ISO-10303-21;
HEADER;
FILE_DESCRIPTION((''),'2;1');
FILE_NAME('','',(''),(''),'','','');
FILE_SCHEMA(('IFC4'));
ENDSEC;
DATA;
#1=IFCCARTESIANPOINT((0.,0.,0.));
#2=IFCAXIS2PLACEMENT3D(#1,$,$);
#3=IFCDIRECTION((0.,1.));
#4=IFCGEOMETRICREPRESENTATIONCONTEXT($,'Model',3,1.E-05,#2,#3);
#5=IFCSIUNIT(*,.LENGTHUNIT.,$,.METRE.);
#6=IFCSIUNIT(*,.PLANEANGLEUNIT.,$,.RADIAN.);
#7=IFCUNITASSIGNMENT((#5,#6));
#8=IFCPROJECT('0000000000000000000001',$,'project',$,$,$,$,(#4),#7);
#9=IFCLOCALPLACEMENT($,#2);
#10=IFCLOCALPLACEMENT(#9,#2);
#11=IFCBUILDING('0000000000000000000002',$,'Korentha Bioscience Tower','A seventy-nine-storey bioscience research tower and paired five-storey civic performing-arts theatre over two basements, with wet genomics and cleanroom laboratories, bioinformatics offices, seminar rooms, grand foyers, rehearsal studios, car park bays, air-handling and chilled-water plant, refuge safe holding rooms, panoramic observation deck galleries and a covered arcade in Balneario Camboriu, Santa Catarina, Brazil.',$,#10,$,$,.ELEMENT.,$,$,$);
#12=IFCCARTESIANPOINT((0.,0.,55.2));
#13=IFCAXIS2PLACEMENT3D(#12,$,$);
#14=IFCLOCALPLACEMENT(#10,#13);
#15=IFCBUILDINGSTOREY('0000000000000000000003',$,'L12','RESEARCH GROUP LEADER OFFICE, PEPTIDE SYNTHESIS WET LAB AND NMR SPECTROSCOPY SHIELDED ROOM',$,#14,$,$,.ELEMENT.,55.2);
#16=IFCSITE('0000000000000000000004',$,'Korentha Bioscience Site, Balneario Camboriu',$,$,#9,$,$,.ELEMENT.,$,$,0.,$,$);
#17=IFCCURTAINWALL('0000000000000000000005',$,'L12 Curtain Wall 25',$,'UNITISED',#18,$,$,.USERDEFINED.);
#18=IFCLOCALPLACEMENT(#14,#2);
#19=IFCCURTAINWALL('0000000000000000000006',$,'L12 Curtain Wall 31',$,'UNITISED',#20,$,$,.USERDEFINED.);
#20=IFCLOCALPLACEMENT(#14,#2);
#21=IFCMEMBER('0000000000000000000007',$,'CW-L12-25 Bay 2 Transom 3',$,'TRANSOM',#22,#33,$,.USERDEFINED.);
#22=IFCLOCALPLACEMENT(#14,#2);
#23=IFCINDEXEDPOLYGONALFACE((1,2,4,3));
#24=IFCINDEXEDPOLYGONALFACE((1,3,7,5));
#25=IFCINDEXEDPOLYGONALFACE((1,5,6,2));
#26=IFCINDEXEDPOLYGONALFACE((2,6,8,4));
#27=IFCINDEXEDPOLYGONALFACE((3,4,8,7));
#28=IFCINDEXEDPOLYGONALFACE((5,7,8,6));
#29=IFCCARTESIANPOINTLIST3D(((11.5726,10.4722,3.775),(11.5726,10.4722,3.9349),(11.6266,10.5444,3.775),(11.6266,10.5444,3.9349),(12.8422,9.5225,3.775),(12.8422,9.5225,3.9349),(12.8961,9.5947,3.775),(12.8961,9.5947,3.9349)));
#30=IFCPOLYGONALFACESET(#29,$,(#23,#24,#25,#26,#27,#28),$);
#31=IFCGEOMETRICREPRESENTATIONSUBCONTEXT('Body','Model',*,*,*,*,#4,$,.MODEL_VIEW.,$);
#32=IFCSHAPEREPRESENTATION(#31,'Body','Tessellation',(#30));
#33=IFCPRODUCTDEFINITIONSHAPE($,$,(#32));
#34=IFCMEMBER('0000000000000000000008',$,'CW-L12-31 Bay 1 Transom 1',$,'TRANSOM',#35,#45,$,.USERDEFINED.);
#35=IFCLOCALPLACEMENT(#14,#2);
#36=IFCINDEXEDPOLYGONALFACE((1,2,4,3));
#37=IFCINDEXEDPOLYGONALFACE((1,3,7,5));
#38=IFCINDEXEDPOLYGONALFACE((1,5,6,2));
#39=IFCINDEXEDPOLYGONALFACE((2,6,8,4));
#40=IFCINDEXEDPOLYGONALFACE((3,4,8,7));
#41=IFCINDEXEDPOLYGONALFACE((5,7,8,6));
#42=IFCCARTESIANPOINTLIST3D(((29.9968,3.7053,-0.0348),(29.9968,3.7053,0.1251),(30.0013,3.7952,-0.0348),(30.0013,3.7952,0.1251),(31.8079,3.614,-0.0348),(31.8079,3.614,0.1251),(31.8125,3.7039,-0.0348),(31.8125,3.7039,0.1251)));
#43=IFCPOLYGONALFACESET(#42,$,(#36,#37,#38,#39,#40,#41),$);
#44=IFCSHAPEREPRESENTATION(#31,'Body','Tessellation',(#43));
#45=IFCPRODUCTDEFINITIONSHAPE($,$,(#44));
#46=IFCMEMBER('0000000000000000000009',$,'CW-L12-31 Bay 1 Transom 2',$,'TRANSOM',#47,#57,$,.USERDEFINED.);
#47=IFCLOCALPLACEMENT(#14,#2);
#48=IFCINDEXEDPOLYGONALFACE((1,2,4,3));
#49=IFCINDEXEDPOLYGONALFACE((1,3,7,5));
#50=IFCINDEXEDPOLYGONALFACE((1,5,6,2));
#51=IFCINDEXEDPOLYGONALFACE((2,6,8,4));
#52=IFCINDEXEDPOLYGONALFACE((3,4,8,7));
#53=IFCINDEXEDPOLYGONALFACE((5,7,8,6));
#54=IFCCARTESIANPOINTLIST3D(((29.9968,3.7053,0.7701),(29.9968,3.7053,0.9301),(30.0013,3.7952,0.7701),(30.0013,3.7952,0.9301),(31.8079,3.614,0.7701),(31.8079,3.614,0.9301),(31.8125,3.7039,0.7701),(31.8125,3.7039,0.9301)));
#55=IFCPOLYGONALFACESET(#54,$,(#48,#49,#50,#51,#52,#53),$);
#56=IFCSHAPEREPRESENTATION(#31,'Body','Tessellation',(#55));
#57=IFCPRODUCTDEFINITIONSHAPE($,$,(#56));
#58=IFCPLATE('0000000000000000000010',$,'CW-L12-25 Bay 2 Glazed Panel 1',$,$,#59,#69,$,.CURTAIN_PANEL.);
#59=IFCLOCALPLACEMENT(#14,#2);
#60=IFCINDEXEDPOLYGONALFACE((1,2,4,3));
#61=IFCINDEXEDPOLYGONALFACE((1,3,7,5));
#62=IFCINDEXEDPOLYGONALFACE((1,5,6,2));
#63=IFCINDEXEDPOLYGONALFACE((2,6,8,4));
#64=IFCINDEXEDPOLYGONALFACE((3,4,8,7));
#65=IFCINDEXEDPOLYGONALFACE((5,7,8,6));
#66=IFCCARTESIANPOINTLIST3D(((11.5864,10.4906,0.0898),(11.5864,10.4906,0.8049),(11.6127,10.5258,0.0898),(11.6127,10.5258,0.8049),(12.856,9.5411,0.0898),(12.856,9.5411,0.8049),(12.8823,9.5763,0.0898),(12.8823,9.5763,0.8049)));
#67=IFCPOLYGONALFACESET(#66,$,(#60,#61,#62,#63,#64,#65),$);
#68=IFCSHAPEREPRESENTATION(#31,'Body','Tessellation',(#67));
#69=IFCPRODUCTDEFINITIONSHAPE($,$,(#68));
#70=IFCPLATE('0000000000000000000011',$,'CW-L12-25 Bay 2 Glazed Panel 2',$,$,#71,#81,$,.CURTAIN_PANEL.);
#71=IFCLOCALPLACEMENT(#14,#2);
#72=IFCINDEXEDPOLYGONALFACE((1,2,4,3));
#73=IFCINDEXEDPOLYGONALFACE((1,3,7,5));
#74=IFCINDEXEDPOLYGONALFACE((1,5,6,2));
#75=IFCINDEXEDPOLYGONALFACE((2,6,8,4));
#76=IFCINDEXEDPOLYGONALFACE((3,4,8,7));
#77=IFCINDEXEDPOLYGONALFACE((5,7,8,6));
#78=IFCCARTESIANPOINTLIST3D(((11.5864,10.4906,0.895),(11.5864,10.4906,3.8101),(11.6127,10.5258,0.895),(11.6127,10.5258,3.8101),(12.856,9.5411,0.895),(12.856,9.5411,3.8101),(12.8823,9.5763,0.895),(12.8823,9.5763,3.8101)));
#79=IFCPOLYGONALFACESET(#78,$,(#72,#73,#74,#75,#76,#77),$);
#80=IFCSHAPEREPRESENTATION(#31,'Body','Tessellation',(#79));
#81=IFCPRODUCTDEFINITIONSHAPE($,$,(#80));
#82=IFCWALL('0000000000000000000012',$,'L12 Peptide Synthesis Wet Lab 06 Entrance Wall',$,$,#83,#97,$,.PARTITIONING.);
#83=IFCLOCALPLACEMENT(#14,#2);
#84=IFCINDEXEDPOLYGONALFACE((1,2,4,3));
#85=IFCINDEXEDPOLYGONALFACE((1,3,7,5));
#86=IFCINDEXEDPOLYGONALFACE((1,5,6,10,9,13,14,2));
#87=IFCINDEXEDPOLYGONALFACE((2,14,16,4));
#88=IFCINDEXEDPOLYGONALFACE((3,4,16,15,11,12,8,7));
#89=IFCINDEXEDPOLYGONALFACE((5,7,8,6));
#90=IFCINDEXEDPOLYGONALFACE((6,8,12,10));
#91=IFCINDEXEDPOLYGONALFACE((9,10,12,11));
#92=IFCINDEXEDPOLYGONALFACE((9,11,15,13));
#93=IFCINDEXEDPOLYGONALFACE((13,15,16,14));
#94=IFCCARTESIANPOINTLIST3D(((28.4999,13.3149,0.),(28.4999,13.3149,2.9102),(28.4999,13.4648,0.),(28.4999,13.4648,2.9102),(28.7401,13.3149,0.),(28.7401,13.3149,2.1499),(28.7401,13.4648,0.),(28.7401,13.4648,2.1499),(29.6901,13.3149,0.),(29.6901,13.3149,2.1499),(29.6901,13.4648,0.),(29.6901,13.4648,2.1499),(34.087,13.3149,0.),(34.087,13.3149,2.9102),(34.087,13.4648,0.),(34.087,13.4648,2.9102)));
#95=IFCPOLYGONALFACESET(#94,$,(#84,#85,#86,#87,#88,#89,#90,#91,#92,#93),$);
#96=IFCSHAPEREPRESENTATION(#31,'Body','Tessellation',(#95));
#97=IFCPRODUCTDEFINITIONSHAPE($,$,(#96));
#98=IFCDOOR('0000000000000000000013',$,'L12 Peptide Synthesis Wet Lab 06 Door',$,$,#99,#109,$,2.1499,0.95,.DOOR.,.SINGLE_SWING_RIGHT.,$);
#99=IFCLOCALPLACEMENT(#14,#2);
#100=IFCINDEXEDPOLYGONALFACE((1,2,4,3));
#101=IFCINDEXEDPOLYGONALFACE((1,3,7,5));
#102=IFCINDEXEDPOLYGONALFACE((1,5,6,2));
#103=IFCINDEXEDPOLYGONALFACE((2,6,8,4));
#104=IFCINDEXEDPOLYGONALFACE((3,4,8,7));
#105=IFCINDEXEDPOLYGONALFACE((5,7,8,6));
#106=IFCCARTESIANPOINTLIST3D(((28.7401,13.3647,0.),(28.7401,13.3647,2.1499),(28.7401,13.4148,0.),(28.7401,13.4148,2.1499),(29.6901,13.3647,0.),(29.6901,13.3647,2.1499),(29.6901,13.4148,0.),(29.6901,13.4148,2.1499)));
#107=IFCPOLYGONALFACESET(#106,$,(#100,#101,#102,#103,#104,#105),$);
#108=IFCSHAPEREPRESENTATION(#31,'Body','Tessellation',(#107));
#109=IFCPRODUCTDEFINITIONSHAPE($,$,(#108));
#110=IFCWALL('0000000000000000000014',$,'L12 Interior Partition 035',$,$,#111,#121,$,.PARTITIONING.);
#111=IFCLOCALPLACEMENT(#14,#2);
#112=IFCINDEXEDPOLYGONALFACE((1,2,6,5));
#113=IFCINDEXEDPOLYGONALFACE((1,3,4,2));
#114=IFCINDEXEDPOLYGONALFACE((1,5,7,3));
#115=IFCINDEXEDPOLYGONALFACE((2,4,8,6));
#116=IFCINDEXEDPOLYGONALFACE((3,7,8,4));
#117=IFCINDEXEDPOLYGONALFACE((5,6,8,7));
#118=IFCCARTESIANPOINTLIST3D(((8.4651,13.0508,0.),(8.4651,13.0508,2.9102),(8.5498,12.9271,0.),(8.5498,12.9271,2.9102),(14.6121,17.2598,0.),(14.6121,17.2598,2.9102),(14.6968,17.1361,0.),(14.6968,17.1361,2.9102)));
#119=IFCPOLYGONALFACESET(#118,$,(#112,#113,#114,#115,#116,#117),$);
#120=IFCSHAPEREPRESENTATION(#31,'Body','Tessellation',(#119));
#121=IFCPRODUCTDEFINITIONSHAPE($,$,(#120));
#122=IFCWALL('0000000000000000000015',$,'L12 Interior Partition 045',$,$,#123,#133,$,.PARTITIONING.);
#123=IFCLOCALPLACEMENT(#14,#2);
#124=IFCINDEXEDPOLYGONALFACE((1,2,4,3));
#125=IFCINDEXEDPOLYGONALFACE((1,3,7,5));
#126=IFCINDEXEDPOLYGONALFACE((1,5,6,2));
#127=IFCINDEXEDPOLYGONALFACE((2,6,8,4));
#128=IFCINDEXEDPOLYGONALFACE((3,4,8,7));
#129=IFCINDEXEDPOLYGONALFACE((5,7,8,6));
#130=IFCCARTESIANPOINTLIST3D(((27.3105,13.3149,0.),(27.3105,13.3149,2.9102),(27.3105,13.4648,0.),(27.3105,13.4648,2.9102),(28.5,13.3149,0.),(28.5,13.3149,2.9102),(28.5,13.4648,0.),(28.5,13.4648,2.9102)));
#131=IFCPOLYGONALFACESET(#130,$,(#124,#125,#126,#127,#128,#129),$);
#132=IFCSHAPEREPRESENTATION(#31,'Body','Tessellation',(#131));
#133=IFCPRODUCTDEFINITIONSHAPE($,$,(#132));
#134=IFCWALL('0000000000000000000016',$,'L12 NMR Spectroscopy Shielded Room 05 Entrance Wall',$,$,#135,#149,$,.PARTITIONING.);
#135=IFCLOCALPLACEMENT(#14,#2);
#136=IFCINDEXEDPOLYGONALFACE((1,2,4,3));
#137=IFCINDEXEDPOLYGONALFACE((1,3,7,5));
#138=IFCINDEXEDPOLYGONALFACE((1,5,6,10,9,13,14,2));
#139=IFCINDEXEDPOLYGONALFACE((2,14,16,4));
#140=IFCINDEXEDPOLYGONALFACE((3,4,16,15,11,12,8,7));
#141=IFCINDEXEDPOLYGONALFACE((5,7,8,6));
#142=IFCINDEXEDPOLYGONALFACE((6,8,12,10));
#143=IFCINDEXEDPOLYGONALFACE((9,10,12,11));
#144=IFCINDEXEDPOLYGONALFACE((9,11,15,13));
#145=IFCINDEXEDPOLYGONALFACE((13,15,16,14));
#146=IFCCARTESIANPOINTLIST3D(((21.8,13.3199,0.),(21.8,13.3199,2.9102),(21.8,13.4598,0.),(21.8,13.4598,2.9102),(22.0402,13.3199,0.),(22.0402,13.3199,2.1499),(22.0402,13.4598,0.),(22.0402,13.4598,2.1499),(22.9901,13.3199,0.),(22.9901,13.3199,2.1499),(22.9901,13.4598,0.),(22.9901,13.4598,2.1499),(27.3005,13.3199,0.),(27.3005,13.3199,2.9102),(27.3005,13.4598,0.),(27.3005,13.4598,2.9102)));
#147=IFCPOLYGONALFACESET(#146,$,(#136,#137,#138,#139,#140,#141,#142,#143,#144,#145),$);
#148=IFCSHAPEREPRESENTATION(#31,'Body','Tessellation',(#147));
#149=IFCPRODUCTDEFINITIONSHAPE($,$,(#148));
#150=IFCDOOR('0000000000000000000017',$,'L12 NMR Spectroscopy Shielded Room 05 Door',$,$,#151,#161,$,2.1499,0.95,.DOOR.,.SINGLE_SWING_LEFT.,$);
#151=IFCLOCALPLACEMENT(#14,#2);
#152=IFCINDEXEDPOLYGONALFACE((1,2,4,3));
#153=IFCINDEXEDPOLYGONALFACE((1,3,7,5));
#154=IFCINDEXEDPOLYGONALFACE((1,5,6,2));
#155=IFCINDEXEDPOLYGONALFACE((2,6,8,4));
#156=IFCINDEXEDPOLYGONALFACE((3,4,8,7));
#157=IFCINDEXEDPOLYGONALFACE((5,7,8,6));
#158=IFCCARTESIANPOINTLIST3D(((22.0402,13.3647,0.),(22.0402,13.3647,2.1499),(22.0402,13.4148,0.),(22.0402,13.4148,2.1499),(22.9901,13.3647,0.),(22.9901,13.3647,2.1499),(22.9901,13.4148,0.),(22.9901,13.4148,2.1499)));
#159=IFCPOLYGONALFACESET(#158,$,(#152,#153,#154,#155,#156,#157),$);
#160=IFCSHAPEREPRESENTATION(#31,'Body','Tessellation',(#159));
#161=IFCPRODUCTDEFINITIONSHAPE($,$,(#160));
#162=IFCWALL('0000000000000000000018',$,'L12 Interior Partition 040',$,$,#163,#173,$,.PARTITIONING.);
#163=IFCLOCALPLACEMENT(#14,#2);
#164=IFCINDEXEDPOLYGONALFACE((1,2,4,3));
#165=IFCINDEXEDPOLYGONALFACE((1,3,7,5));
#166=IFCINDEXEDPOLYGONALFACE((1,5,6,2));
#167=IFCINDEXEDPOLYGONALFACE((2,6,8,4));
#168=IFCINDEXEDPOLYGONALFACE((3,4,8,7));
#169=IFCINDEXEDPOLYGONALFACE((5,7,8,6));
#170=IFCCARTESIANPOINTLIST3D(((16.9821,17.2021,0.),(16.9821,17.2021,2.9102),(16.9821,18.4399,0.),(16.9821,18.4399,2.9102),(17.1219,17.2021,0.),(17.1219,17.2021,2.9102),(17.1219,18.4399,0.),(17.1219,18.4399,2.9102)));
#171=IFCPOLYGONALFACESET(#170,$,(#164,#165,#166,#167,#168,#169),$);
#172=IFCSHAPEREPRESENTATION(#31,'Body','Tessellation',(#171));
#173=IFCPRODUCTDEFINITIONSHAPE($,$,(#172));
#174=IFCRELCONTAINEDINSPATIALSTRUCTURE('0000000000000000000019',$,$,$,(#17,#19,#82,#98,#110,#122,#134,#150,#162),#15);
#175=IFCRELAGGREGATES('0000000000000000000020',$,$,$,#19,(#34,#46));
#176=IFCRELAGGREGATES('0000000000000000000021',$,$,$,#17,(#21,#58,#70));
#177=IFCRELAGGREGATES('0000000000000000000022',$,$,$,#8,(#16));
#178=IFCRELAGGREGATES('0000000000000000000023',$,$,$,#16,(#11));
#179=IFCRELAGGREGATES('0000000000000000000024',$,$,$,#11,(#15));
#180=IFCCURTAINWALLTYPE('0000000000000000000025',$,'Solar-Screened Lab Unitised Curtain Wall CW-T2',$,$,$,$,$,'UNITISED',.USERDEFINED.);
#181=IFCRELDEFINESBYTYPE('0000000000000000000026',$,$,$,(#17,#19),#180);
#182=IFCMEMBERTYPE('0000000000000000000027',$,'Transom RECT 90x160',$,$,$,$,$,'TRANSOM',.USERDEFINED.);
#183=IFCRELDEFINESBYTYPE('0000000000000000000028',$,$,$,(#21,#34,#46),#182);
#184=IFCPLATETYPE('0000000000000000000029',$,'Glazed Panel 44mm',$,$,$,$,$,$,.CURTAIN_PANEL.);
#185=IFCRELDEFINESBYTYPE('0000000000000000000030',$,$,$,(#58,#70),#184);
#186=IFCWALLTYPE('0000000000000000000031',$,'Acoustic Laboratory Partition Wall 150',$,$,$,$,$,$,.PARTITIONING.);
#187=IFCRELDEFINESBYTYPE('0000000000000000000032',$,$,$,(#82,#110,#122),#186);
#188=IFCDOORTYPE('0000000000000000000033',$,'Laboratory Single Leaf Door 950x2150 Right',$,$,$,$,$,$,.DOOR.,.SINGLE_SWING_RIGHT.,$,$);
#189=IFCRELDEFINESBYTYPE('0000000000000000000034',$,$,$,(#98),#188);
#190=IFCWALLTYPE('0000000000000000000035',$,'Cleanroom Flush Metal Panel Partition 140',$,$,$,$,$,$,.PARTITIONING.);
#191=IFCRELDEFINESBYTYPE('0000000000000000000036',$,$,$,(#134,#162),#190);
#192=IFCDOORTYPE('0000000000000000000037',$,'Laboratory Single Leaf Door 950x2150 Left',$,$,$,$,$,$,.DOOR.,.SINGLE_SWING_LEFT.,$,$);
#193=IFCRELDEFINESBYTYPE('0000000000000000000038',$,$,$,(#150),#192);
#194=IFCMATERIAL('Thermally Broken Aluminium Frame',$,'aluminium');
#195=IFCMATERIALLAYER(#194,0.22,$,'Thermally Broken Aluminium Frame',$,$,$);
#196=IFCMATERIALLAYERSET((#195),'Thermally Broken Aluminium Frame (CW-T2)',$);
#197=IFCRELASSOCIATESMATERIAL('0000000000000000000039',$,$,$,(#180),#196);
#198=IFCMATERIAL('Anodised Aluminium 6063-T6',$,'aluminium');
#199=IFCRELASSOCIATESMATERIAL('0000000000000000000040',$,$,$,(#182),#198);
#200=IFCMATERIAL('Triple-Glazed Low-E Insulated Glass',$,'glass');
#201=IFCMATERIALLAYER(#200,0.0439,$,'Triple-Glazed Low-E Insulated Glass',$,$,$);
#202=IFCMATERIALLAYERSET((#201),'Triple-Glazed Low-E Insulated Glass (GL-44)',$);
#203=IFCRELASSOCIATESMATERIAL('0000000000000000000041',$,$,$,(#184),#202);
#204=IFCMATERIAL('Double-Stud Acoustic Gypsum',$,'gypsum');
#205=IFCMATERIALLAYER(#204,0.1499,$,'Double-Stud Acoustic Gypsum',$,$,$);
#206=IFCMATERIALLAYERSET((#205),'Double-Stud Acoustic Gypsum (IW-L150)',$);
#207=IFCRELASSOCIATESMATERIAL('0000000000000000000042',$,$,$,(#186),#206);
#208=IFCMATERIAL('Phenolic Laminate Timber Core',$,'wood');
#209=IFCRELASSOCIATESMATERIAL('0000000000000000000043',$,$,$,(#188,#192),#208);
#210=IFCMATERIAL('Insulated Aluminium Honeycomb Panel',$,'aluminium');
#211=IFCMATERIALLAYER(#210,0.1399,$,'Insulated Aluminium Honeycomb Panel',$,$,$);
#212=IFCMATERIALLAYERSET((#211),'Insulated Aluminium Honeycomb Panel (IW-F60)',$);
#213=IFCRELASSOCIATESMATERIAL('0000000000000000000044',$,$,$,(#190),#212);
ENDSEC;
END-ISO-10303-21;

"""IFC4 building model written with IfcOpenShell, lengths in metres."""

from ifc_helpers import new_model, si_unit, direction, frame, frame_2d, origin, origin_2d, place, context, subcontext, project, spatial, rectangle, extrude, material, layer, layer_set, material_profile, profile_set, type_object, element, fill, aggregate, save


model = new_model("IFC4")

# Units and contexts
model_context = context("Model", 3, precision=1e-05, world=origin(), true_north=direction((0.0, 1.0)))
body_context = subcontext(model_context, "Body", "Model", "MODEL_VIEW")
ifc_project = project(units=[si_unit("LENGTHUNIT", "METRE"), si_unit("PLANEANGLEUNIT", "RADIAN")], contexts=[model_context])

# Site, building, storey
site_placement = place(None, origin())
site = spatial("IfcSite", under=ifc_project, at=site_placement, Name="Korentha Bioscience Site, Balneario Camboriu", CompositionType="ELEMENT", RefElevation=0.0)
building_placement = place(site_placement, origin())
building = spatial("IfcBuilding", under=site, at=building_placement, Name="Korentha Bioscience Tower", Description="A seventy-nine-storey bioscience research tower and paired five-storey civic performing-arts theatre over two basements, with wet genomics and cleanroom laboratories, bioinformatics offices, seminar rooms, grand foyers, rehearsal studios, car park bays, air-handling and chilled-water plant, refuge safe holding rooms, panoramic observation deck galleries and a covered arcade in Balneario Camboriu, Santa Catarina, Brazil.", CompositionType="ELEMENT")
storey_placement = place(building_placement, frame((0.0, 0.0, 55.2)))
storey = spatial("IfcBuildingStorey", under=building, at=storey_placement, Name="L12", Description="RESEARCH GROUP LEADER OFFICE, PEPTIDE SYNTHESIS WET LAB AND NMR SPECTROSCOPY SHIELDED ROOM", CompositionType="ELEMENT", Elevation=55.2)

# Curtain walls
ifc_material_1 = material(Name="Thermally Broken Aluminium Frame", Category="aluminium")
ifc_layer_1 = layer(ifc_material_1, 0.22, Name="Thermally Broken Aluminium Frame")
ifc_layer_set_1 = layer_set([ifc_layer_1], Name="Thermally Broken Aluminium Frame (CW-T2)")
curtain_wall_type = type_object("IfcCurtainWallType", Name="Solar-Screened Lab Unitised Curtain Wall CW-T2", ElementType="UNITISED", PredefinedType="USERDEFINED", material=ifc_layer_set_1)
curtain_wall_1_placement = place(storey_placement, origin())
curtain_wall_1 = element("IfcCurtainWall", 1, at=curtain_wall_1_placement, inside=storey, type_object=curtain_wall_type, Name="L12 Curtain Wall 25", ObjectType="UNITISED", PredefinedType="USERDEFINED")
ifc_material_2 = material(Name="Anodised Aluminium 6063-T6", Category="aluminium")
curtain_wall_2_placement = place(storey_placement, origin())
curtain_wall_2 = element("IfcCurtainWall", 2, at=curtain_wall_2_placement, inside=storey, type_object=curtain_wall_type, Name="L12 Curtain Wall 31", ObjectType="UNITISED", PredefinedType="USERDEFINED")

# Members
ifc_material_profile_1 = material_profile(ifc_material_2, rectangle(XDim=0.0901, YDim=0.1599, at=origin_2d()), Name="Anodised Aluminium 6063-T6")
ifc_profile_set_1 = profile_set([ifc_material_profile_1], Name="Anodised Aluminium 6063-T6 (CW-TRN)")
member_type_1 = type_object("IfcMemberType", Name="Transom RECT 90x160", ElementType="TRANSOM", PredefinedType="USERDEFINED", material=ifc_profile_set_1)
member_1_placement = place(storey_placement, frame((11.5996, 10.5083, 3.855), z_axis=(0.800739, -0.599014, 0.0), x_axis=(0.599014, 0.800739, 0.0)))
member_1 = element("IfcMember", 3, at=member_1_placement, type_object=member_type_1, Name="CW-L12-25 Bay 2 Transom 3", ObjectType="TRANSOM", PredefinedType="USERDEFINED", context=body_context, shape_type="SweptSolid", body=[
    extrude(rectangle(XDim=0.0901, YDim=0.1599, at=origin_2d()), origin(), (0.0, 0.0, 1.0), 1.5854),
])
member_2_placement = place(storey_placement, frame((29.999, 3.7502, 0.0452), z_axis=(0.998732, -0.050347, 0.0), x_axis=(0.050347, 0.998732, 0.0)))
member_2 = element("IfcMember", 4, at=member_2_placement, type_object=member_type_1, Name="CW-L12-31 Bay 1 Transom 1", ObjectType="TRANSOM", PredefinedType="USERDEFINED", context=body_context, shape_type="SweptSolid", body=[
    extrude(rectangle(XDim=0.0901, YDim=0.1599, at=origin_2d()), origin(), (0.0, 0.0, 1.0), 1.8135),
])
member_3_placement = place(storey_placement, frame((29.999, 3.7502, 0.8501), z_axis=(0.998732, -0.050347, 0.0), x_axis=(0.050347, 0.998732, 0.0)))
member_3 = element("IfcMember", 5, at=member_3_placement, type_object=member_type_1, Name="CW-L12-31 Bay 1 Transom 2", ObjectType="TRANSOM", PredefinedType="USERDEFINED", context=body_context, shape_type="SweptSolid", body=[
    extrude(rectangle(XDim=0.0901, YDim=0.1599, at=origin_2d()), origin(), (0.0, 0.0, 1.0), 1.8135),
])
aggregate(curtain_wall_2, [member_2, member_3])

# Plates
ifc_material_3 = material(Name="Triple-Glazed Low-E Insulated Glass", Category="glass")
ifc_layer_2 = layer(ifc_material_3, 0.0439, Name="Triple-Glazed Low-E Insulated Glass")
ifc_layer_set_2 = layer_set([ifc_layer_2], Name="Triple-Glazed Low-E Insulated Glass (GL-44)")
plate_type = type_object("IfcPlateType", Name="Glazed Panel 44mm", PredefinedType="CURTAIN_PANEL", material=ifc_layer_set_2)
plate_1_placement = place(storey_placement, frame((12.2344, 10.0334, 0.0898), z_axis=(0.0, 0.0, 1.0), x_axis=(0.800798, -0.598935, 0.0)))
plate_1 = element("IfcPlate", 6, at=plate_1_placement, type_object=plate_type, Name="CW-L12-25 Bay 2 Glazed Panel 1", PredefinedType="CURTAIN_PANEL", context=body_context, shape_type="SweptSolid", body=[
    extrude(rectangle(XDim=1.5854, YDim=0.0439, at=origin_2d()), origin(), (0.0, 0.0, 1.0), 0.7151),
])
plate_2_placement = place(storey_placement, frame((12.2344, 10.0334, 0.895), z_axis=(0.0, 0.0, 1.0), x_axis=(0.800798, -0.598935, 0.0)))
plate_2 = element("IfcPlate", 7, at=plate_2_placement, type_object=plate_type, Name="CW-L12-25 Bay 2 Glazed Panel 2", PredefinedType="CURTAIN_PANEL", context=body_context, shape_type="SweptSolid", body=[
    extrude(rectangle(XDim=1.5854, YDim=0.0439, at=origin_2d()), origin(), (0.0, 0.0, 1.0), 2.915),
])
aggregate(curtain_wall_1, [member_1, plate_1, plate_2])

# Wall, opening, door
ifc_material_4 = material(Name="Double-Stud Acoustic Gypsum", Category="gypsum")
ifc_layer_3 = layer(ifc_material_4, 0.1499, Name="Double-Stud Acoustic Gypsum")
ifc_layer_set_3 = layer_set([ifc_layer_3], Name="Double-Stud Acoustic Gypsum (IW-L150)")
wall_type_1 = type_object("IfcWallType", Name="Acoustic Laboratory Partition Wall 150", PredefinedType="PARTITIONING", material=ifc_layer_set_3)
wall_1_placement = place(storey_placement, frame((28.5, 13.3899, 0.0), z_axis=(0.0, 0.0, 1.0), x_axis=(1.0, 0.0, 0.0)))
wall_1 = element("IfcWall", 8, at=wall_1_placement, inside=storey, type_object=wall_type_1, Name="L12 Peptide Synthesis Wet Lab 06 Entrance Wall", PredefinedType="PARTITIONING", context=body_context, shape_type="SweptSolid", body=[
    extrude(rectangle(XDim=5.5872, YDim=0.1499, at=frame_2d((2.7935, 0.0))), origin(), (0.0, 0.0, 1.0), 2.9102),
])
opening_1_placement = place(wall_1_placement, frame((0.24, 0.0, 0.0)))
opening_1 = element("IfcOpeningElement", 9, at=opening_1_placement, cuts=wall_1, PredefinedType="OPENING", context=body_context, shape_type="SweptSolid", body=[
    extrude(rectangle(XDim=0.95, YDim=2.1499, at=frame_2d((0.4751, 1.075))), frame((0.0, 0.0898, 0.0), z_axis=(0.0, -1.0, 0.0), x_axis=(1.0, 0.0, 0.0)), (0.0, 0.0, 1.0), 0.1797),
])
ifc_material_5 = material(Name="Phenolic Laminate Timber Core", Category="wood")
door_type_1 = type_object("IfcDoorType", Name="Laboratory Single Leaf Door 950x2150 Right", OperationType="SINGLE_SWING_RIGHT", PredefinedType="DOOR", material=ifc_material_5)
door_1_placement = place(opening_1_placement, origin())
door_1 = element("IfcDoor", 10, at=door_1_placement, inside=storey, type_object=door_type_1, Name="L12 Peptide Synthesis Wet Lab 06 Door", OperationType="SINGLE_SWING_RIGHT", OverallHeight=2.1499, OverallWidth=0.95, PredefinedType="DOOR", context=body_context, shape_type="SweptSolid", body=[
    extrude(rectangle(XDim=0.95, YDim=2.1499, at=frame_2d((0.4751, 1.075))), frame((0.0, 0.0249, 0.0), z_axis=(0.0, -1.0, 0.0), x_axis=(1.0, 0.0, 0.0)), (0.0, 0.0, 1.0), 0.05),
])
fill(opening_1, door_1)

# Walls
wall_2_placement = place(storey_placement, frame((14.6545, 17.198, 0.0), z_axis=(0.0, 0.0, 1.0), x_axis=(-0.825109, -0.564973, 0.0)))
element("IfcWall", 11, at=wall_2_placement, inside=storey, type_object=wall_type_1, Name="L12 Interior Partition 035", PredefinedType="PARTITIONING", context=body_context, shape_type="SweptSolid", body=[
    extrude(rectangle(XDim=7.45, YDim=0.1499, at=frame_2d((3.7251, 0.0))), origin(), (0.0, 0.0, 1.0), 2.9102),
])
wall_3_placement = place(storey_placement, frame((27.3105, 13.3899, 0.0), z_axis=(0.0, 0.0, 1.0), x_axis=(1.0, 0.0, 0.0)))
element("IfcWall", 12, at=wall_3_placement, inside=storey, type_object=wall_type_1, Name="L12 Interior Partition 045", PredefinedType="PARTITIONING", context=body_context, shape_type="SweptSolid", body=[
    extrude(rectangle(XDim=1.1895, YDim=0.1499, at=frame_2d((0.5947, 0.0))), origin(), (0.0, 0.0, 1.0), 2.9102),
])

# Wall, opening, door
ifc_material_6 = material(Name="Insulated Aluminium Honeycomb Panel", Category="aluminium")
ifc_layer_4 = layer(ifc_material_6, 0.1399, Name="Insulated Aluminium Honeycomb Panel")
ifc_layer_set_4 = layer_set([ifc_layer_4], Name="Insulated Aluminium Honeycomb Panel (IW-F60)")
wall_type_2 = type_object("IfcWallType", Name="Cleanroom Flush Metal Panel Partition 140", PredefinedType="PARTITIONING", material=ifc_layer_set_4)
wall_4_placement = place(storey_placement, frame((21.8, 13.3899, 0.0), z_axis=(0.0, 0.0, 1.0), x_axis=(1.0, 0.0, 0.0)))
wall_4 = element("IfcWall", 13, at=wall_4_placement, inside=storey, type_object=wall_type_2, Name="L12 NMR Spectroscopy Shielded Room 05 Entrance Wall", PredefinedType="PARTITIONING", context=body_context, shape_type="SweptSolid", body=[
    extrude(rectangle(XDim=5.5005, YDim=0.1399, at=frame_2d((2.7502, 0.0))), origin(), (0.0, 0.0, 1.0), 2.9102),
])
opening_2_placement = place(wall_4_placement, frame((0.24, 0.0, 0.0)))
opening_2 = element("IfcOpeningElement", 14, at=opening_2_placement, cuts=wall_4, PredefinedType="OPENING", context=body_context, shape_type="SweptSolid", body=[
    extrude(rectangle(XDim=0.95, YDim=2.1499, at=frame_2d((0.4751, 1.075))), frame((0.0, 0.085, 0.0), z_axis=(0.0, -1.0, 0.0), x_axis=(1.0, 0.0, 0.0)), (0.0, 0.0, 1.0), 0.1697),
])
door_type_2 = type_object("IfcDoorType", Name="Laboratory Single Leaf Door 950x2150 Left", OperationType="SINGLE_SWING_LEFT", PredefinedType="DOOR", material=ifc_material_5)
door_2_placement = place(opening_2_placement, origin())
door_2 = element("IfcDoor", 15, at=door_2_placement, inside=storey, type_object=door_type_2, Name="L12 NMR Spectroscopy Shielded Room 05 Door", OperationType="SINGLE_SWING_LEFT", OverallHeight=2.1499, OverallWidth=0.95, PredefinedType="DOOR", context=body_context, shape_type="SweptSolid", body=[
    extrude(rectangle(XDim=0.95, YDim=2.1499, at=frame_2d((0.4751, 1.075))), frame((0.0, 0.0249, 0.0), z_axis=(0.0, -1.0, 0.0), x_axis=(1.0, 0.0, 0.0)), (0.0, 0.0, 1.0), 0.05),
])
fill(opening_2, door_2)

# Wall
wall_5_placement = place(storey_placement, frame((17.052, 17.2021, 0.0), z_axis=(0.0, 0.0, 1.0), x_axis=(0.0, 1.0, 0.0)))
element("IfcWall", 16, at=wall_5_placement, inside=storey, type_object=wall_type_2, Name="L12 Interior Partition 040", PredefinedType="PARTITIONING", context=body_context, shape_type="SweptSolid", body=[
    extrude(rectangle(XDim=1.2378, YDim=0.1399, at=frame_2d((0.6189, 0.0))), origin(), (0.0, 0.0, 1.0), 2.9102),
])

save(model, "model.ifc")
